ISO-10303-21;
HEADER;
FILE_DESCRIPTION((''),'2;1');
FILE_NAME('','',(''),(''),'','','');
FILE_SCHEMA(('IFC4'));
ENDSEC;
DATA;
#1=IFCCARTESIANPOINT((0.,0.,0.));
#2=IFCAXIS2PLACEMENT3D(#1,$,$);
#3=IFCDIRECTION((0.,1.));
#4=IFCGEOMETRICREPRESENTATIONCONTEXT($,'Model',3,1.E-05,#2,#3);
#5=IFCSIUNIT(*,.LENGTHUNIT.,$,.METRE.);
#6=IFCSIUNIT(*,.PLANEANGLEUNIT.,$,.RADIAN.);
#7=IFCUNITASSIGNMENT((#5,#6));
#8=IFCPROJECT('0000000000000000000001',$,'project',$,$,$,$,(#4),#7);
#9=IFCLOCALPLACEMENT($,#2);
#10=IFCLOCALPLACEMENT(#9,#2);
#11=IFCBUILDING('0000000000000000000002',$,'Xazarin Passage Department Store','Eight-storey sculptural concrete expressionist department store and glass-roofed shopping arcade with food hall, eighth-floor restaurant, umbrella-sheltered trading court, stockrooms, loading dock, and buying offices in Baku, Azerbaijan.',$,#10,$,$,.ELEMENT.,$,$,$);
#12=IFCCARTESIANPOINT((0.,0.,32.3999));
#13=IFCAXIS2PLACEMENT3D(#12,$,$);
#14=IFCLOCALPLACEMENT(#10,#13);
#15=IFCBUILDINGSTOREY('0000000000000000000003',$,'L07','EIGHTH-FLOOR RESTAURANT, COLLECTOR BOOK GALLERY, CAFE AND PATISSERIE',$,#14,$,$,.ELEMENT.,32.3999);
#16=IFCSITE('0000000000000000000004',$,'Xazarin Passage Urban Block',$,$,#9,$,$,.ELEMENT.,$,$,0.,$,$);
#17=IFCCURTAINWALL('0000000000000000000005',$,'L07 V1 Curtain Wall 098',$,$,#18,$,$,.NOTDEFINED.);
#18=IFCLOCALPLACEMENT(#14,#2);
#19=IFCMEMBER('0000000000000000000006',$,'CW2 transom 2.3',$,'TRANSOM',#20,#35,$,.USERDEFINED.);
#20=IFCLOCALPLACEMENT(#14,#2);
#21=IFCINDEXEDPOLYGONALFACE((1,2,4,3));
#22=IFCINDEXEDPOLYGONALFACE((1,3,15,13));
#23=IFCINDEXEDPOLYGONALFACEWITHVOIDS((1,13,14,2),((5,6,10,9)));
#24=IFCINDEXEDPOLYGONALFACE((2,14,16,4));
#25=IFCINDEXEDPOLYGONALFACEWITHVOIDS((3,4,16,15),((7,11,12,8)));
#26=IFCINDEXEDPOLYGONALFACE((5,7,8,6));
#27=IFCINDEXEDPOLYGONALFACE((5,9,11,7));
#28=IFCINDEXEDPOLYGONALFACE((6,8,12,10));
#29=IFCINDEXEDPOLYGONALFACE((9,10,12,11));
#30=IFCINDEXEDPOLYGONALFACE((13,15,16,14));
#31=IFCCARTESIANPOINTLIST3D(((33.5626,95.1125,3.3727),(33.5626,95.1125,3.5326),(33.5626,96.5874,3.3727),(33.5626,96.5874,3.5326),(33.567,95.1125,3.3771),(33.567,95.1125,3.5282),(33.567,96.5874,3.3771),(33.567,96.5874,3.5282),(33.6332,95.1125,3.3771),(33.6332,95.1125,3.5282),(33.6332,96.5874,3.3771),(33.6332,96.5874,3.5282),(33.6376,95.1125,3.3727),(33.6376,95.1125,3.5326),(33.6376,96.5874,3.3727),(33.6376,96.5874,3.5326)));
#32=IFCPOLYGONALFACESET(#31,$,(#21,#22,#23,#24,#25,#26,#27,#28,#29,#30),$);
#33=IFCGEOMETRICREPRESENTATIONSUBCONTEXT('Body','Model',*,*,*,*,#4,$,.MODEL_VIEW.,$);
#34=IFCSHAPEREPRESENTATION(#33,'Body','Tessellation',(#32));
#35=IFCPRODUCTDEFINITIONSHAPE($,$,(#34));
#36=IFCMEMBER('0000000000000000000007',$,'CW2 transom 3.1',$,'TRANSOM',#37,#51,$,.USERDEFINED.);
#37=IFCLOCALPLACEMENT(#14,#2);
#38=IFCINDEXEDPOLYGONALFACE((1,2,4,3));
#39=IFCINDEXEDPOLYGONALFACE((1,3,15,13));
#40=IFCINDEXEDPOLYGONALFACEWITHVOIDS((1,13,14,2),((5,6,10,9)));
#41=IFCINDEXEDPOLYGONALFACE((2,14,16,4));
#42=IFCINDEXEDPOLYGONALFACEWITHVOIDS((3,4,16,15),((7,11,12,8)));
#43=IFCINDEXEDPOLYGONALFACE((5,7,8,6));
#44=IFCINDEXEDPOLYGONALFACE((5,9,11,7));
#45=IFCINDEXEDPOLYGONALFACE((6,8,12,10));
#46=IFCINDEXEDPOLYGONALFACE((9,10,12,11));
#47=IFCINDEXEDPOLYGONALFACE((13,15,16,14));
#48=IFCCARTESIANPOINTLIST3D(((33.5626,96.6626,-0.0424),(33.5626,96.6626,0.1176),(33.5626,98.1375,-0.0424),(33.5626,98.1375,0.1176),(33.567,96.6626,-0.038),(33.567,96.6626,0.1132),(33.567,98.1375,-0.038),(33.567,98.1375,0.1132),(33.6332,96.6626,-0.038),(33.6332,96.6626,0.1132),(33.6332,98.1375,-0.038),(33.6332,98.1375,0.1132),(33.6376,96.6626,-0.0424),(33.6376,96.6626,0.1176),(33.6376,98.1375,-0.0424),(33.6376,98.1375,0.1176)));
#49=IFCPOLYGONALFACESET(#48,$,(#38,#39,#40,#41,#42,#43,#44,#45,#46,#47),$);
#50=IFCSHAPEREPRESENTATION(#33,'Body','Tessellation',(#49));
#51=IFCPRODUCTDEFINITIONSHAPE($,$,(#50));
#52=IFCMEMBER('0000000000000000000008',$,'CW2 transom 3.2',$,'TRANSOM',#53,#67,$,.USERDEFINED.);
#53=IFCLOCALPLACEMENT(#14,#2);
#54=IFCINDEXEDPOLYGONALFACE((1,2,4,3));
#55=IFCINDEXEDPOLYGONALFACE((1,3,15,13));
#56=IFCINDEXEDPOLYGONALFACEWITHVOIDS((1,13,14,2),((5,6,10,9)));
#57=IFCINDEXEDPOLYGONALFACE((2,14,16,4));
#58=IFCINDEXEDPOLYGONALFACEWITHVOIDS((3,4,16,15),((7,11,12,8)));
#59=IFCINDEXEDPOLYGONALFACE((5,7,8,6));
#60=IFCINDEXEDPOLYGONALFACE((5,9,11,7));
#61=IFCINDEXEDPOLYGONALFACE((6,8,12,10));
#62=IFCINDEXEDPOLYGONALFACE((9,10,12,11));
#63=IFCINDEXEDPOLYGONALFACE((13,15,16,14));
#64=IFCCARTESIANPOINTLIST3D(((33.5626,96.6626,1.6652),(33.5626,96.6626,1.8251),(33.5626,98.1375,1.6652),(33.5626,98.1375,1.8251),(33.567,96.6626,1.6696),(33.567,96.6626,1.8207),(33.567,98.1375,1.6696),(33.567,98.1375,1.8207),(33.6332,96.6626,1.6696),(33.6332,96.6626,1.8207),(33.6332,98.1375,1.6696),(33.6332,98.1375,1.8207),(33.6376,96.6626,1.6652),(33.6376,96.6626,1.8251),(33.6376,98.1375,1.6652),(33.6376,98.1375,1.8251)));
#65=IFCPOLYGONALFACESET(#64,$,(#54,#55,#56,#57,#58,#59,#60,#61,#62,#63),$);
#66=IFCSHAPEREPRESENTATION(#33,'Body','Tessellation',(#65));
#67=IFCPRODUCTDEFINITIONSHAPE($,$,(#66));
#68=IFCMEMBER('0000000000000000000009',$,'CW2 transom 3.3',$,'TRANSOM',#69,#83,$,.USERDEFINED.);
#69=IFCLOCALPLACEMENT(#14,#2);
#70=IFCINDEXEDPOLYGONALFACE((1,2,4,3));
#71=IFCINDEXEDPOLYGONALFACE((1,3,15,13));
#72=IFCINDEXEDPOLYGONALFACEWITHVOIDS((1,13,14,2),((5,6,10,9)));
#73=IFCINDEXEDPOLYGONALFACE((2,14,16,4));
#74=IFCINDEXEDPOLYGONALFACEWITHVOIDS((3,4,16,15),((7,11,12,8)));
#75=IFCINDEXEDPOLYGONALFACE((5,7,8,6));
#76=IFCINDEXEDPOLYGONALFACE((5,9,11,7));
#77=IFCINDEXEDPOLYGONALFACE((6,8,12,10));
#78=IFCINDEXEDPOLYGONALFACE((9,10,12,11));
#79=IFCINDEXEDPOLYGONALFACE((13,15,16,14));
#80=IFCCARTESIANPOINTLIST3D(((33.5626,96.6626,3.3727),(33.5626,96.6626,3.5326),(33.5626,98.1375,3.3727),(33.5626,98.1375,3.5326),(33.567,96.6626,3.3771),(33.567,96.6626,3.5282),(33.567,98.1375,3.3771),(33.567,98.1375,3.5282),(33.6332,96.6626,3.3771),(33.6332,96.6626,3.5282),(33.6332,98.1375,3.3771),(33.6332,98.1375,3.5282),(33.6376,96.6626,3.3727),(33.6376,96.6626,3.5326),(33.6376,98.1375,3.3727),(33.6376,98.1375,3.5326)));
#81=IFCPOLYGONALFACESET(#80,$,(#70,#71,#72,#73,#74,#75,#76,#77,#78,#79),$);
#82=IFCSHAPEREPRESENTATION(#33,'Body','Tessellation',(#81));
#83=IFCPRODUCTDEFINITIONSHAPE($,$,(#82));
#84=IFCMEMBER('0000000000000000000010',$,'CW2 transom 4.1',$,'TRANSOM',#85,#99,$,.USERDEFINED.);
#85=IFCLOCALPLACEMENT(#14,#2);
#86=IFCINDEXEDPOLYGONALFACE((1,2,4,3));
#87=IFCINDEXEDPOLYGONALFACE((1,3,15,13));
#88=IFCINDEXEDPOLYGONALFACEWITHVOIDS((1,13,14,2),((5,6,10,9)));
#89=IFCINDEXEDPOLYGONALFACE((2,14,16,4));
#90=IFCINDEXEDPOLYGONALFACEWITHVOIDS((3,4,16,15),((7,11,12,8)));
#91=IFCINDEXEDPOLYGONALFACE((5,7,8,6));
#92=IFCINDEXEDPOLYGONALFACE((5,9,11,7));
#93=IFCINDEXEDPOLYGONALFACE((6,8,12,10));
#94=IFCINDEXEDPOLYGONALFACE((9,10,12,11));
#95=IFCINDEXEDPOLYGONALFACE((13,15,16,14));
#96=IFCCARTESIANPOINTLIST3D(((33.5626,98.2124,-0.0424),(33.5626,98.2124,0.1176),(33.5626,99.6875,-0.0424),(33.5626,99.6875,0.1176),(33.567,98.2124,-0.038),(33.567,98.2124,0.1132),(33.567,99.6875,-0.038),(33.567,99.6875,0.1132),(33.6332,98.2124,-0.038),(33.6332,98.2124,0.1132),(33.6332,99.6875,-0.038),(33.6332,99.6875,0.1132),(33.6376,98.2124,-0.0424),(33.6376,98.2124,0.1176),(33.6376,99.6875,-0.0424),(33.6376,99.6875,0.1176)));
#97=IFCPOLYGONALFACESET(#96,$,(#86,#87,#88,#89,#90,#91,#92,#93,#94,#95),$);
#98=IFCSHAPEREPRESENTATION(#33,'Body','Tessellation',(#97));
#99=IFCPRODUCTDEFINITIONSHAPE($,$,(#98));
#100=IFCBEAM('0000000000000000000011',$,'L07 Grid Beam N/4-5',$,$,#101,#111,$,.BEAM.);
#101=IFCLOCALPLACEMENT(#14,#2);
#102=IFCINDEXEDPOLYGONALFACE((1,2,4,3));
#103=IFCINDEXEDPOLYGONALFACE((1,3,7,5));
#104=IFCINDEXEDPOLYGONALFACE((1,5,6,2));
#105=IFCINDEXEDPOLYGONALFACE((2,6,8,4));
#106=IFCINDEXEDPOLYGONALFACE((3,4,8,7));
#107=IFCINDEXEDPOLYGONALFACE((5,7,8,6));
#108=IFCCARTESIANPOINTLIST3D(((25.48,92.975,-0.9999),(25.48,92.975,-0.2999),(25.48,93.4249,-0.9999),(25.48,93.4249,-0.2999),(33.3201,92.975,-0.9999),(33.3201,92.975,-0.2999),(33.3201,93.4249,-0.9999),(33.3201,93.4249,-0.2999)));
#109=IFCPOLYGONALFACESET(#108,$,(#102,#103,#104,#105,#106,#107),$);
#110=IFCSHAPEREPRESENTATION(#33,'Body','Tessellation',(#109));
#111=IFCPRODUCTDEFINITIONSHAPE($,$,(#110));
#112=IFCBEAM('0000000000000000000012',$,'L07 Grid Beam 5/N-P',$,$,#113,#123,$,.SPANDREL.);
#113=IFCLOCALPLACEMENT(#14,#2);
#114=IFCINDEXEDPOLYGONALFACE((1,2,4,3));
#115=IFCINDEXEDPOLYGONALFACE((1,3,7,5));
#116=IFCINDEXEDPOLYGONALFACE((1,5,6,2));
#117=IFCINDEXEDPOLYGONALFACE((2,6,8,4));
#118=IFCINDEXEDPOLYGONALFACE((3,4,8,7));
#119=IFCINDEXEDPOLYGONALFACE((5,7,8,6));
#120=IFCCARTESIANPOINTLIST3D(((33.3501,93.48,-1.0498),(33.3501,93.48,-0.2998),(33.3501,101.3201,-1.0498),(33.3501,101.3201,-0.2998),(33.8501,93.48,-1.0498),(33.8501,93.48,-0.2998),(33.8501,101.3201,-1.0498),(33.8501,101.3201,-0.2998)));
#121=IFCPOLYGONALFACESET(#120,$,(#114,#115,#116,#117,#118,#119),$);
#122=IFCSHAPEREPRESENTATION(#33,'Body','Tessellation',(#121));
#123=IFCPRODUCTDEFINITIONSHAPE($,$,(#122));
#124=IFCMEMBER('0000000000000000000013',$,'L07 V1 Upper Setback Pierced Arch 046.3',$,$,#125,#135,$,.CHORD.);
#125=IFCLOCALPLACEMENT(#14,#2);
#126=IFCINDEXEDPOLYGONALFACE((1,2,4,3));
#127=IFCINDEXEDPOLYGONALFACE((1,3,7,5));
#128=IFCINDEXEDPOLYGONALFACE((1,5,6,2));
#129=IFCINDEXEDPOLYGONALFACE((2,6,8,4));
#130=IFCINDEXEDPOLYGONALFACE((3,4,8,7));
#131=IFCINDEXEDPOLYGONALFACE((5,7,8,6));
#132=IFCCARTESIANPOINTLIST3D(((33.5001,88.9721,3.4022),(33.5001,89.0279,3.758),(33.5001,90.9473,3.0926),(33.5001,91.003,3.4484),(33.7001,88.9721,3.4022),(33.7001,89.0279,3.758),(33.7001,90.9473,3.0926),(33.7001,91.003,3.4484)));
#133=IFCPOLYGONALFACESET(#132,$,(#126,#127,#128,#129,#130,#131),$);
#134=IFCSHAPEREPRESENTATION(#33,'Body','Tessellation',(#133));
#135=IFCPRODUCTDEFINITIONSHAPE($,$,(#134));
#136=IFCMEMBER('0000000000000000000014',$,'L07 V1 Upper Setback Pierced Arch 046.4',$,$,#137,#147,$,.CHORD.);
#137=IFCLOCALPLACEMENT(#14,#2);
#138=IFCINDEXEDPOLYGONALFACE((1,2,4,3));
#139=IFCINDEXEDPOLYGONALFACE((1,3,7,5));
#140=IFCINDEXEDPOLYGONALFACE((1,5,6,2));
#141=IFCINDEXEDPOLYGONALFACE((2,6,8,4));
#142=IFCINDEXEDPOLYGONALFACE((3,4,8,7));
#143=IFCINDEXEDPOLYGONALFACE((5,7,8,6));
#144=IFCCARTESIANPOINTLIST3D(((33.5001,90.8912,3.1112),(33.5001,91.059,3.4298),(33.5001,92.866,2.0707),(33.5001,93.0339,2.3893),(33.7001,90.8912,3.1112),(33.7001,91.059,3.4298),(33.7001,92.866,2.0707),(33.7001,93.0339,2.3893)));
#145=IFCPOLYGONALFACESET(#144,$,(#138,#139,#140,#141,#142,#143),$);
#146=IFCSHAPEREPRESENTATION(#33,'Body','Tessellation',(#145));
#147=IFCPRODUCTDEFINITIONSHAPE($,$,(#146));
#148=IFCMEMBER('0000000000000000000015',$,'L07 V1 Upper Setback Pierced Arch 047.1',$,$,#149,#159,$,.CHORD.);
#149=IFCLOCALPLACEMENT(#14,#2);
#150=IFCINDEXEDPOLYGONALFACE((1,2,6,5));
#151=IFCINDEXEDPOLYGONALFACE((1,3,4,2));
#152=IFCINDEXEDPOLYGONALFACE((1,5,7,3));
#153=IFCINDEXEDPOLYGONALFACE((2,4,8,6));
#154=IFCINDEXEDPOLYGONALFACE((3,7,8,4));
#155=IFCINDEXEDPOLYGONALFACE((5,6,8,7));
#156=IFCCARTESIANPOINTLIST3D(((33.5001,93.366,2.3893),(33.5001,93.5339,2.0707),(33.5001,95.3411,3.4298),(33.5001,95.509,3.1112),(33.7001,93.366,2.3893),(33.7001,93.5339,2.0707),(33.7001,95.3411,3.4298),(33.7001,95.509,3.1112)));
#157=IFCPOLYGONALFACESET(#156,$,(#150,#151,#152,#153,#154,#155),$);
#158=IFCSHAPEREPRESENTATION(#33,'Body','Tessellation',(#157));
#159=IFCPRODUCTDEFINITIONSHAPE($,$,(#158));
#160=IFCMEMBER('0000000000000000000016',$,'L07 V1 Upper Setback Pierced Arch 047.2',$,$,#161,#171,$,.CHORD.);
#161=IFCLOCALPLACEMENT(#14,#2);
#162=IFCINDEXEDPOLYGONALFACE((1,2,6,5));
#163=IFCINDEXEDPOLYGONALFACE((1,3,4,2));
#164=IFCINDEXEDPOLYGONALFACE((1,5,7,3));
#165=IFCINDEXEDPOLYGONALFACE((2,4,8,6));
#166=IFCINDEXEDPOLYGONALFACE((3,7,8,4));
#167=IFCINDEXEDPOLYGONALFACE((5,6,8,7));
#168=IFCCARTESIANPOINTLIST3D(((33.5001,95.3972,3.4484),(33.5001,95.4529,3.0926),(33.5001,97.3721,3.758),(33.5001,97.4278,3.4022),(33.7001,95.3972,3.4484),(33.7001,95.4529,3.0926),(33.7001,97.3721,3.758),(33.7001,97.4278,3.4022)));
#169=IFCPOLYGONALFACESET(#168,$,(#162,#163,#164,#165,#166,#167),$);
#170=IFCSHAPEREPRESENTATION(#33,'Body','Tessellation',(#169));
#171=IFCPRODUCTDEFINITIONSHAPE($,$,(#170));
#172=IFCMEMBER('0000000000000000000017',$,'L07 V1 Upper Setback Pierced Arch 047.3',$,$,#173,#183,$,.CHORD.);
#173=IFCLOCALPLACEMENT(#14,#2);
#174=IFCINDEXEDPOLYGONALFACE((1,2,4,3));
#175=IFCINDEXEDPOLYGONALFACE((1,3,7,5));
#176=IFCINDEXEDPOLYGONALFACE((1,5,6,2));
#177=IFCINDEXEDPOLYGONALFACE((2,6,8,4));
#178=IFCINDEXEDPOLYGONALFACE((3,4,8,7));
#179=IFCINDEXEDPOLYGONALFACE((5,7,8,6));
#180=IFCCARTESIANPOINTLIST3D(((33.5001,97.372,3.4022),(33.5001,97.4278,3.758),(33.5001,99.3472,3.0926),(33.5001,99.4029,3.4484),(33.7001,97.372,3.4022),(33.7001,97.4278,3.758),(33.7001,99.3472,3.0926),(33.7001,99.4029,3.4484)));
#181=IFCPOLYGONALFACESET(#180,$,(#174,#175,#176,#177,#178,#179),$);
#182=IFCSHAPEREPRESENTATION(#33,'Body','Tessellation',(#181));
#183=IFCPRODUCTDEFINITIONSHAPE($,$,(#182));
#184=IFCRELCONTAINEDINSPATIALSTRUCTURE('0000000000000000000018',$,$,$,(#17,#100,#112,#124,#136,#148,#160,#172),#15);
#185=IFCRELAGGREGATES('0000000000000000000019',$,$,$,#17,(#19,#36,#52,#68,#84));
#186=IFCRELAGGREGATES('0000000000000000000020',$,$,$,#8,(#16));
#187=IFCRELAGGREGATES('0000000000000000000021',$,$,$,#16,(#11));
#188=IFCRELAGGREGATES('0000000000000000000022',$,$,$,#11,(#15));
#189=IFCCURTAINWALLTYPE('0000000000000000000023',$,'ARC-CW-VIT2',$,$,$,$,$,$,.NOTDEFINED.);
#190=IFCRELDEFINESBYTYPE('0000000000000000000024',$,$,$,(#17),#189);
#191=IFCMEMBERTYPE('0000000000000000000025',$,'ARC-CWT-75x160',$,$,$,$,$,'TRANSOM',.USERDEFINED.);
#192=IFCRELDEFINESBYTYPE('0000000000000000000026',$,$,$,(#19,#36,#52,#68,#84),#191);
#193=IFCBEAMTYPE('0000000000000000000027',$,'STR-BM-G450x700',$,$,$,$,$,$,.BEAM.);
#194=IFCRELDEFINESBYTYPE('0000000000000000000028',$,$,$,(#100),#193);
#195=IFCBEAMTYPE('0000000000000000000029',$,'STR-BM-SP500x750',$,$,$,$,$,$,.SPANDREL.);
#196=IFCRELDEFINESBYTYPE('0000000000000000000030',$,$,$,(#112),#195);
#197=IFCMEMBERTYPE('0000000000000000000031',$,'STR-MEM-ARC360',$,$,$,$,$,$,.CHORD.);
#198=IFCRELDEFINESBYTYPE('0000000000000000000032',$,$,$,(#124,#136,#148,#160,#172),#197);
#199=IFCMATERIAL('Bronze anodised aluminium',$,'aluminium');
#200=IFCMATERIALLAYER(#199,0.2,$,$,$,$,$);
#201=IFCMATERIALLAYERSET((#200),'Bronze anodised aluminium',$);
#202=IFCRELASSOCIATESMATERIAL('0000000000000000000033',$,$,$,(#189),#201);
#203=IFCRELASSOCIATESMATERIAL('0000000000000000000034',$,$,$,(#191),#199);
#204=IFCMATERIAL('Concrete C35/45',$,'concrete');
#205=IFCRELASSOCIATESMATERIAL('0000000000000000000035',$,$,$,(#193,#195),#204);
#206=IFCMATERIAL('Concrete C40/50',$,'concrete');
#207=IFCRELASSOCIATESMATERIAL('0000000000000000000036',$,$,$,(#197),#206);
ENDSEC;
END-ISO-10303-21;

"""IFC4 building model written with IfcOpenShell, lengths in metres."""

from ifc_helpers import new_model, si_unit, direction, frame, origin, origin_2d, place, context, subcontext, project, spatial, rectangle, hollow_rectangle, extrude, material, layer, layer_set, material_profile, profile_set, type_object, element, aggregate, save


model = new_model("IFC4")

# Units and contexts
model_context = context("Model", 3, precision=1e-05, world=origin(), true_north=direction((0.0, 1.0)))
body_context = subcontext(model_context, "Body", "Model", "MODEL_VIEW")
ifc_project = project(units=[si_unit("LENGTHUNIT", "METRE"), si_unit("PLANEANGLEUNIT", "RADIAN")], contexts=[model_context])

# Site, building, storey
site_placement = place(None, origin())
site = spatial("IfcSite", under=ifc_project, at=site_placement, Name="Xazarin Passage Urban Block", CompositionType="ELEMENT", RefElevation=0.0)
building_placement = place(site_placement, origin())
building = spatial("IfcBuilding", under=site, at=building_placement, Name="Xazarin Passage Department Store", Description="Eight-storey sculptural concrete expressionist department store and glass-roofed shopping arcade with food hall, eighth-floor restaurant, umbrella-sheltered trading court, stockrooms, loading dock, and buying offices in Baku, Azerbaijan.", CompositionType="ELEMENT")
storey_placement = place(building_placement, frame((0.0, 0.0, 32.3999)))
storey = spatial("IfcBuildingStorey", under=building, at=storey_placement, Name="L07", Description="EIGHTH-FLOOR RESTAURANT, COLLECTOR BOOK GALLERY, CAFE AND PATISSERIE", CompositionType="ELEMENT", Elevation=32.3999)

# Shared definitions
ifc_material_1 = material(Name="Concrete C40/50", Category="concrete")

# Curtain wall, members
ifc_material_2 = material(Name="Bronze anodised aluminium", Category="aluminium")
ifc_layer_1 = layer(ifc_material_2, 0.2)
ifc_layer_set_1 = layer_set([ifc_layer_1], Name="Bronze anodised aluminium")
curtain_wall_type = type_object("IfcCurtainWallType", Name="ARC-CW-VIT2", PredefinedType="NOTDEFINED", material=ifc_layer_set_1)
curtain_wall_placement = place(storey_placement, origin())
curtain_wall = element("IfcCurtainWall", 1, at=curtain_wall_placement, inside=storey, type_object=curtain_wall_type, Name="L07 V1 Curtain Wall 098", PredefinedType="NOTDEFINED")
ifc_material_profile_1 = material_profile(ifc_material_2, hollow_rectangle(XDim=0.075, YDim=0.1599, WallThickness=0.0044, at=origin_2d()), Name="ALU 75x160")
ifc_profile_set_1 = profile_set([ifc_material_profile_1], Name="Bronze anodised aluminium")
member_type_1 = type_object("IfcMemberType", Name="ARC-CWT-75x160", ElementType="TRANSOM", PredefinedType="USERDEFINED", material=ifc_profile_set_1)
member_1_placement = place(storey_placement, frame((33.6001, 95.1125, 3.4526), z_axis=(0.0, 1.0, 0.0), x_axis=(-1.0, 0.0, 0.0)))
member_1 = element("IfcMember", 2, at=member_1_placement, type_object=member_type_1, Name="CW2 transom 2.3", ObjectType="TRANSOM", PredefinedType="USERDEFINED", context=body_context, shape_type="SweptSolid", body=[
    extrude(hollow_rectangle(XDim=0.075, YDim=0.1599, WallThickness=0.0044, at=origin_2d()), origin(), (0.0, 0.0, 1.0), 1.4749),
])
member_2_placement = place(storey_placement, frame((33.6001, 96.6626, 0.0376), z_axis=(0.0, 1.0, 0.0), x_axis=(-1.0, 0.0, 0.0)))
member_2 = element("IfcMember", 3, at=member_2_placement, type_object=member_type_1, Name="CW2 transom 3.1", ObjectType="TRANSOM", PredefinedType="USERDEFINED", context=body_context, shape_type="SweptSolid", body=[
    extrude(hollow_rectangle(XDim=0.075, YDim=0.1599, WallThickness=0.0044, at=origin_2d()), origin(), (0.0, 0.0, 1.0), 1.4749),
])
member_3_placement = place(storey_placement, frame((33.6001, 96.6626, 1.7451), z_axis=(0.0, 1.0, 0.0), x_axis=(-1.0, 0.0, 0.0)))
member_3 = element("IfcMember", 4, at=member_3_placement, type_object=member_type_1, Name="CW2 transom 3.2", ObjectType="TRANSOM", PredefinedType="USERDEFINED", context=body_context, shape_type="SweptSolid", body=[
    extrude(hollow_rectangle(XDim=0.075, YDim=0.1599, WallThickness=0.0044, at=origin_2d()), origin(), (0.0, 0.0, 1.0), 1.4749),
])
member_4_placement = place(storey_placement, frame((33.6001, 96.6626, 3.4526), z_axis=(0.0, 1.0, 0.0), x_axis=(-1.0, 0.0, 0.0)))
member_4 = element("IfcMember", 5, at=member_4_placement, type_object=member_type_1, Name="CW2 transom 3.3", ObjectType="TRANSOM", PredefinedType="USERDEFINED", context=body_context, shape_type="SweptSolid", body=[
    extrude(hollow_rectangle(XDim=0.075, YDim=0.1599, WallThickness=0.0044, at=origin_2d()), origin(), (0.0, 0.0, 1.0), 1.4749),
])
member_5_placement = place(storey_placement, frame((33.6001, 98.2124, 0.0376), z_axis=(0.0, 1.0, 0.0), x_axis=(-1.0, 0.0, 0.0)))
member_5 = element("IfcMember", 6, at=member_5_placement, type_object=member_type_1, Name="CW2 transom 4.1", ObjectType="TRANSOM", PredefinedType="USERDEFINED", context=body_context, shape_type="SweptSolid", body=[
    extrude(hollow_rectangle(XDim=0.075, YDim=0.1599, WallThickness=0.0044, at=origin_2d()), origin(), (0.0, 0.0, 1.0), 1.4751),
])

# Beams
ifc_material_3 = material(Name="Concrete C35/45", Category="concrete")
ifc_material_profile_2 = material_profile(ifc_material_3, rectangle(XDim=0.45, YDim=0.7, at=origin_2d()), Name="RC 450x700")
ifc_profile_set_2 = profile_set([ifc_material_profile_2], Name="Concrete C35/45")
beam_type_1 = type_object("IfcBeamType", Name="STR-BM-G450x700", PredefinedType="BEAM", material=ifc_profile_set_2)
beam_1_placement = place(storey_placement, frame((25.48, 93.2, -0.6499), z_axis=(1.0, 0.0, 0.0), x_axis=(0.0, 1.0, 0.0)))
element("IfcBeam", 7, at=beam_1_placement, inside=storey, type_object=beam_type_1, Name="L07 Grid Beam N/4-5", PredefinedType="BEAM", context=body_context, shape_type="SweptSolid", body=[
    extrude(rectangle(XDim=0.45, YDim=0.7, at=origin_2d()), origin(), (0.0, 0.0, 1.0), 7.8401),
])
ifc_material_profile_3 = material_profile(ifc_material_3, rectangle(XDim=0.5, YDim=0.75, at=origin_2d()), Name="RC 500x750")
ifc_profile_set_3 = profile_set([ifc_material_profile_3], Name="Concrete C35/45")
beam_type_2 = type_object("IfcBeamType", Name="STR-BM-SP500x750", PredefinedType="SPANDREL", material=ifc_profile_set_3)
beam_2_placement = place(storey_placement, frame((33.6001, 93.48, -0.6748), z_axis=(0.0, 1.0, 0.0), x_axis=(-1.0, 0.0, 0.0)))
element("IfcBeam", 8, at=beam_2_placement, inside=storey, type_object=beam_type_2, Name="L07 Grid Beam 5/N-P", PredefinedType="SPANDREL", context=body_context, shape_type="SweptSolid", body=[
    extrude(rectangle(XDim=0.5, YDim=0.75, at=origin_2d()), origin(), (0.0, 0.0, 1.0), 7.8401),
])

# Members
ifc_material_profile_4 = material_profile(ifc_material_1, rectangle(XDim=0.2, YDim=0.3601, at=origin_2d()), Name="RC 200x360")
ifc_profile_set_4 = profile_set([ifc_material_profile_4], Name="Concrete C40/50")
member_type_2 = type_object("IfcMemberType", Name="STR-MEM-ARC360", PredefinedType="CHORD", material=ifc_profile_set_4)
member_6_placement = place(storey_placement, frame((33.6001, 89.0, 3.5801), z_axis=(0.0, 0.987939, -0.154846), x_axis=(-1.0, 0.0, 0.0)))
element("IfcMember", 9, at=member_6_placement, inside=storey, type_object=member_type_2, Name="L07 V1 Upper Setback Pierced Arch 046.3", PredefinedType="CHORD", context=body_context, shape_type="SweptSolid", body=[
    extrude(rectangle(XDim=0.2, YDim=0.3601, at=origin_2d()), origin(), (0.0, 0.0, 1.0), 1.9993),
])
member_7_placement = place(storey_placement, frame((33.6001, 90.9751, 3.2705), z_axis=(0.0, 0.884709, -0.466143), x_axis=(-1.0, 0.0, 0.0)))
element("IfcMember", 10, at=member_7_placement, inside=storey, type_object=member_type_2, Name="L07 V1 Upper Setback Pierced Arch 046.4", PredefinedType="CHORD", context=body_context, shape_type="SweptSolid", body=[
    extrude(rectangle(XDim=0.2, YDim=0.3601, at=origin_2d()), origin(), (0.0, 0.0, 1.0), 2.2322),
])
member_8_placement = place(storey_placement, frame((33.6001, 93.45, 2.23), z_axis=(0.0, 0.884733, 0.466098), x_axis=(-1.0, 0.0, 0.0)))
element("IfcMember", 11, at=member_8_placement, inside=storey, type_object=member_type_2, Name="L07 V1 Upper Setback Pierced Arch 047.1", PredefinedType="CHORD", context=body_context, shape_type="SweptSolid", body=[
    extrude(rectangle(XDim=0.2, YDim=0.3601, at=origin_2d()), origin(), (0.0, 0.0, 1.0), 2.2324),
])
member_9_placement = place(storey_placement, frame((33.6001, 95.425, 3.2705), z_axis=(0.0, 0.987936, 0.154865), x_axis=(-1.0, 0.0, 0.0)))
element("IfcMember", 12, at=member_9_placement, inside=storey, type_object=member_type_2, Name="L07 V1 Upper Setback Pierced Arch 047.2", PredefinedType="CHORD", context=body_context, shape_type="SweptSolid", body=[
    extrude(rectangle(XDim=0.2, YDim=0.3601, at=origin_2d()), origin(), (0.0, 0.0, 1.0), 1.999),
])
member_10_placement = place(storey_placement, frame((33.6001, 97.3999, 3.5801), z_axis=(0.0, 0.987939, -0.154846), x_axis=(-1.0, 0.0, 0.0)))
element("IfcMember", 13, at=member_10_placement, inside=storey, type_object=member_type_2, Name="L07 V1 Upper Setback Pierced Arch 047.3", PredefinedType="CHORD", context=body_context, shape_type="SweptSolid", body=[
    extrude(rectangle(XDim=0.2, YDim=0.3601, at=origin_2d()), origin(), (0.0, 0.0, 1.0), 1.9993),
])

aggregate(curtain_wall, [member_1, member_2, member_3, member_4, member_5])

save(model, "model.ifc")
